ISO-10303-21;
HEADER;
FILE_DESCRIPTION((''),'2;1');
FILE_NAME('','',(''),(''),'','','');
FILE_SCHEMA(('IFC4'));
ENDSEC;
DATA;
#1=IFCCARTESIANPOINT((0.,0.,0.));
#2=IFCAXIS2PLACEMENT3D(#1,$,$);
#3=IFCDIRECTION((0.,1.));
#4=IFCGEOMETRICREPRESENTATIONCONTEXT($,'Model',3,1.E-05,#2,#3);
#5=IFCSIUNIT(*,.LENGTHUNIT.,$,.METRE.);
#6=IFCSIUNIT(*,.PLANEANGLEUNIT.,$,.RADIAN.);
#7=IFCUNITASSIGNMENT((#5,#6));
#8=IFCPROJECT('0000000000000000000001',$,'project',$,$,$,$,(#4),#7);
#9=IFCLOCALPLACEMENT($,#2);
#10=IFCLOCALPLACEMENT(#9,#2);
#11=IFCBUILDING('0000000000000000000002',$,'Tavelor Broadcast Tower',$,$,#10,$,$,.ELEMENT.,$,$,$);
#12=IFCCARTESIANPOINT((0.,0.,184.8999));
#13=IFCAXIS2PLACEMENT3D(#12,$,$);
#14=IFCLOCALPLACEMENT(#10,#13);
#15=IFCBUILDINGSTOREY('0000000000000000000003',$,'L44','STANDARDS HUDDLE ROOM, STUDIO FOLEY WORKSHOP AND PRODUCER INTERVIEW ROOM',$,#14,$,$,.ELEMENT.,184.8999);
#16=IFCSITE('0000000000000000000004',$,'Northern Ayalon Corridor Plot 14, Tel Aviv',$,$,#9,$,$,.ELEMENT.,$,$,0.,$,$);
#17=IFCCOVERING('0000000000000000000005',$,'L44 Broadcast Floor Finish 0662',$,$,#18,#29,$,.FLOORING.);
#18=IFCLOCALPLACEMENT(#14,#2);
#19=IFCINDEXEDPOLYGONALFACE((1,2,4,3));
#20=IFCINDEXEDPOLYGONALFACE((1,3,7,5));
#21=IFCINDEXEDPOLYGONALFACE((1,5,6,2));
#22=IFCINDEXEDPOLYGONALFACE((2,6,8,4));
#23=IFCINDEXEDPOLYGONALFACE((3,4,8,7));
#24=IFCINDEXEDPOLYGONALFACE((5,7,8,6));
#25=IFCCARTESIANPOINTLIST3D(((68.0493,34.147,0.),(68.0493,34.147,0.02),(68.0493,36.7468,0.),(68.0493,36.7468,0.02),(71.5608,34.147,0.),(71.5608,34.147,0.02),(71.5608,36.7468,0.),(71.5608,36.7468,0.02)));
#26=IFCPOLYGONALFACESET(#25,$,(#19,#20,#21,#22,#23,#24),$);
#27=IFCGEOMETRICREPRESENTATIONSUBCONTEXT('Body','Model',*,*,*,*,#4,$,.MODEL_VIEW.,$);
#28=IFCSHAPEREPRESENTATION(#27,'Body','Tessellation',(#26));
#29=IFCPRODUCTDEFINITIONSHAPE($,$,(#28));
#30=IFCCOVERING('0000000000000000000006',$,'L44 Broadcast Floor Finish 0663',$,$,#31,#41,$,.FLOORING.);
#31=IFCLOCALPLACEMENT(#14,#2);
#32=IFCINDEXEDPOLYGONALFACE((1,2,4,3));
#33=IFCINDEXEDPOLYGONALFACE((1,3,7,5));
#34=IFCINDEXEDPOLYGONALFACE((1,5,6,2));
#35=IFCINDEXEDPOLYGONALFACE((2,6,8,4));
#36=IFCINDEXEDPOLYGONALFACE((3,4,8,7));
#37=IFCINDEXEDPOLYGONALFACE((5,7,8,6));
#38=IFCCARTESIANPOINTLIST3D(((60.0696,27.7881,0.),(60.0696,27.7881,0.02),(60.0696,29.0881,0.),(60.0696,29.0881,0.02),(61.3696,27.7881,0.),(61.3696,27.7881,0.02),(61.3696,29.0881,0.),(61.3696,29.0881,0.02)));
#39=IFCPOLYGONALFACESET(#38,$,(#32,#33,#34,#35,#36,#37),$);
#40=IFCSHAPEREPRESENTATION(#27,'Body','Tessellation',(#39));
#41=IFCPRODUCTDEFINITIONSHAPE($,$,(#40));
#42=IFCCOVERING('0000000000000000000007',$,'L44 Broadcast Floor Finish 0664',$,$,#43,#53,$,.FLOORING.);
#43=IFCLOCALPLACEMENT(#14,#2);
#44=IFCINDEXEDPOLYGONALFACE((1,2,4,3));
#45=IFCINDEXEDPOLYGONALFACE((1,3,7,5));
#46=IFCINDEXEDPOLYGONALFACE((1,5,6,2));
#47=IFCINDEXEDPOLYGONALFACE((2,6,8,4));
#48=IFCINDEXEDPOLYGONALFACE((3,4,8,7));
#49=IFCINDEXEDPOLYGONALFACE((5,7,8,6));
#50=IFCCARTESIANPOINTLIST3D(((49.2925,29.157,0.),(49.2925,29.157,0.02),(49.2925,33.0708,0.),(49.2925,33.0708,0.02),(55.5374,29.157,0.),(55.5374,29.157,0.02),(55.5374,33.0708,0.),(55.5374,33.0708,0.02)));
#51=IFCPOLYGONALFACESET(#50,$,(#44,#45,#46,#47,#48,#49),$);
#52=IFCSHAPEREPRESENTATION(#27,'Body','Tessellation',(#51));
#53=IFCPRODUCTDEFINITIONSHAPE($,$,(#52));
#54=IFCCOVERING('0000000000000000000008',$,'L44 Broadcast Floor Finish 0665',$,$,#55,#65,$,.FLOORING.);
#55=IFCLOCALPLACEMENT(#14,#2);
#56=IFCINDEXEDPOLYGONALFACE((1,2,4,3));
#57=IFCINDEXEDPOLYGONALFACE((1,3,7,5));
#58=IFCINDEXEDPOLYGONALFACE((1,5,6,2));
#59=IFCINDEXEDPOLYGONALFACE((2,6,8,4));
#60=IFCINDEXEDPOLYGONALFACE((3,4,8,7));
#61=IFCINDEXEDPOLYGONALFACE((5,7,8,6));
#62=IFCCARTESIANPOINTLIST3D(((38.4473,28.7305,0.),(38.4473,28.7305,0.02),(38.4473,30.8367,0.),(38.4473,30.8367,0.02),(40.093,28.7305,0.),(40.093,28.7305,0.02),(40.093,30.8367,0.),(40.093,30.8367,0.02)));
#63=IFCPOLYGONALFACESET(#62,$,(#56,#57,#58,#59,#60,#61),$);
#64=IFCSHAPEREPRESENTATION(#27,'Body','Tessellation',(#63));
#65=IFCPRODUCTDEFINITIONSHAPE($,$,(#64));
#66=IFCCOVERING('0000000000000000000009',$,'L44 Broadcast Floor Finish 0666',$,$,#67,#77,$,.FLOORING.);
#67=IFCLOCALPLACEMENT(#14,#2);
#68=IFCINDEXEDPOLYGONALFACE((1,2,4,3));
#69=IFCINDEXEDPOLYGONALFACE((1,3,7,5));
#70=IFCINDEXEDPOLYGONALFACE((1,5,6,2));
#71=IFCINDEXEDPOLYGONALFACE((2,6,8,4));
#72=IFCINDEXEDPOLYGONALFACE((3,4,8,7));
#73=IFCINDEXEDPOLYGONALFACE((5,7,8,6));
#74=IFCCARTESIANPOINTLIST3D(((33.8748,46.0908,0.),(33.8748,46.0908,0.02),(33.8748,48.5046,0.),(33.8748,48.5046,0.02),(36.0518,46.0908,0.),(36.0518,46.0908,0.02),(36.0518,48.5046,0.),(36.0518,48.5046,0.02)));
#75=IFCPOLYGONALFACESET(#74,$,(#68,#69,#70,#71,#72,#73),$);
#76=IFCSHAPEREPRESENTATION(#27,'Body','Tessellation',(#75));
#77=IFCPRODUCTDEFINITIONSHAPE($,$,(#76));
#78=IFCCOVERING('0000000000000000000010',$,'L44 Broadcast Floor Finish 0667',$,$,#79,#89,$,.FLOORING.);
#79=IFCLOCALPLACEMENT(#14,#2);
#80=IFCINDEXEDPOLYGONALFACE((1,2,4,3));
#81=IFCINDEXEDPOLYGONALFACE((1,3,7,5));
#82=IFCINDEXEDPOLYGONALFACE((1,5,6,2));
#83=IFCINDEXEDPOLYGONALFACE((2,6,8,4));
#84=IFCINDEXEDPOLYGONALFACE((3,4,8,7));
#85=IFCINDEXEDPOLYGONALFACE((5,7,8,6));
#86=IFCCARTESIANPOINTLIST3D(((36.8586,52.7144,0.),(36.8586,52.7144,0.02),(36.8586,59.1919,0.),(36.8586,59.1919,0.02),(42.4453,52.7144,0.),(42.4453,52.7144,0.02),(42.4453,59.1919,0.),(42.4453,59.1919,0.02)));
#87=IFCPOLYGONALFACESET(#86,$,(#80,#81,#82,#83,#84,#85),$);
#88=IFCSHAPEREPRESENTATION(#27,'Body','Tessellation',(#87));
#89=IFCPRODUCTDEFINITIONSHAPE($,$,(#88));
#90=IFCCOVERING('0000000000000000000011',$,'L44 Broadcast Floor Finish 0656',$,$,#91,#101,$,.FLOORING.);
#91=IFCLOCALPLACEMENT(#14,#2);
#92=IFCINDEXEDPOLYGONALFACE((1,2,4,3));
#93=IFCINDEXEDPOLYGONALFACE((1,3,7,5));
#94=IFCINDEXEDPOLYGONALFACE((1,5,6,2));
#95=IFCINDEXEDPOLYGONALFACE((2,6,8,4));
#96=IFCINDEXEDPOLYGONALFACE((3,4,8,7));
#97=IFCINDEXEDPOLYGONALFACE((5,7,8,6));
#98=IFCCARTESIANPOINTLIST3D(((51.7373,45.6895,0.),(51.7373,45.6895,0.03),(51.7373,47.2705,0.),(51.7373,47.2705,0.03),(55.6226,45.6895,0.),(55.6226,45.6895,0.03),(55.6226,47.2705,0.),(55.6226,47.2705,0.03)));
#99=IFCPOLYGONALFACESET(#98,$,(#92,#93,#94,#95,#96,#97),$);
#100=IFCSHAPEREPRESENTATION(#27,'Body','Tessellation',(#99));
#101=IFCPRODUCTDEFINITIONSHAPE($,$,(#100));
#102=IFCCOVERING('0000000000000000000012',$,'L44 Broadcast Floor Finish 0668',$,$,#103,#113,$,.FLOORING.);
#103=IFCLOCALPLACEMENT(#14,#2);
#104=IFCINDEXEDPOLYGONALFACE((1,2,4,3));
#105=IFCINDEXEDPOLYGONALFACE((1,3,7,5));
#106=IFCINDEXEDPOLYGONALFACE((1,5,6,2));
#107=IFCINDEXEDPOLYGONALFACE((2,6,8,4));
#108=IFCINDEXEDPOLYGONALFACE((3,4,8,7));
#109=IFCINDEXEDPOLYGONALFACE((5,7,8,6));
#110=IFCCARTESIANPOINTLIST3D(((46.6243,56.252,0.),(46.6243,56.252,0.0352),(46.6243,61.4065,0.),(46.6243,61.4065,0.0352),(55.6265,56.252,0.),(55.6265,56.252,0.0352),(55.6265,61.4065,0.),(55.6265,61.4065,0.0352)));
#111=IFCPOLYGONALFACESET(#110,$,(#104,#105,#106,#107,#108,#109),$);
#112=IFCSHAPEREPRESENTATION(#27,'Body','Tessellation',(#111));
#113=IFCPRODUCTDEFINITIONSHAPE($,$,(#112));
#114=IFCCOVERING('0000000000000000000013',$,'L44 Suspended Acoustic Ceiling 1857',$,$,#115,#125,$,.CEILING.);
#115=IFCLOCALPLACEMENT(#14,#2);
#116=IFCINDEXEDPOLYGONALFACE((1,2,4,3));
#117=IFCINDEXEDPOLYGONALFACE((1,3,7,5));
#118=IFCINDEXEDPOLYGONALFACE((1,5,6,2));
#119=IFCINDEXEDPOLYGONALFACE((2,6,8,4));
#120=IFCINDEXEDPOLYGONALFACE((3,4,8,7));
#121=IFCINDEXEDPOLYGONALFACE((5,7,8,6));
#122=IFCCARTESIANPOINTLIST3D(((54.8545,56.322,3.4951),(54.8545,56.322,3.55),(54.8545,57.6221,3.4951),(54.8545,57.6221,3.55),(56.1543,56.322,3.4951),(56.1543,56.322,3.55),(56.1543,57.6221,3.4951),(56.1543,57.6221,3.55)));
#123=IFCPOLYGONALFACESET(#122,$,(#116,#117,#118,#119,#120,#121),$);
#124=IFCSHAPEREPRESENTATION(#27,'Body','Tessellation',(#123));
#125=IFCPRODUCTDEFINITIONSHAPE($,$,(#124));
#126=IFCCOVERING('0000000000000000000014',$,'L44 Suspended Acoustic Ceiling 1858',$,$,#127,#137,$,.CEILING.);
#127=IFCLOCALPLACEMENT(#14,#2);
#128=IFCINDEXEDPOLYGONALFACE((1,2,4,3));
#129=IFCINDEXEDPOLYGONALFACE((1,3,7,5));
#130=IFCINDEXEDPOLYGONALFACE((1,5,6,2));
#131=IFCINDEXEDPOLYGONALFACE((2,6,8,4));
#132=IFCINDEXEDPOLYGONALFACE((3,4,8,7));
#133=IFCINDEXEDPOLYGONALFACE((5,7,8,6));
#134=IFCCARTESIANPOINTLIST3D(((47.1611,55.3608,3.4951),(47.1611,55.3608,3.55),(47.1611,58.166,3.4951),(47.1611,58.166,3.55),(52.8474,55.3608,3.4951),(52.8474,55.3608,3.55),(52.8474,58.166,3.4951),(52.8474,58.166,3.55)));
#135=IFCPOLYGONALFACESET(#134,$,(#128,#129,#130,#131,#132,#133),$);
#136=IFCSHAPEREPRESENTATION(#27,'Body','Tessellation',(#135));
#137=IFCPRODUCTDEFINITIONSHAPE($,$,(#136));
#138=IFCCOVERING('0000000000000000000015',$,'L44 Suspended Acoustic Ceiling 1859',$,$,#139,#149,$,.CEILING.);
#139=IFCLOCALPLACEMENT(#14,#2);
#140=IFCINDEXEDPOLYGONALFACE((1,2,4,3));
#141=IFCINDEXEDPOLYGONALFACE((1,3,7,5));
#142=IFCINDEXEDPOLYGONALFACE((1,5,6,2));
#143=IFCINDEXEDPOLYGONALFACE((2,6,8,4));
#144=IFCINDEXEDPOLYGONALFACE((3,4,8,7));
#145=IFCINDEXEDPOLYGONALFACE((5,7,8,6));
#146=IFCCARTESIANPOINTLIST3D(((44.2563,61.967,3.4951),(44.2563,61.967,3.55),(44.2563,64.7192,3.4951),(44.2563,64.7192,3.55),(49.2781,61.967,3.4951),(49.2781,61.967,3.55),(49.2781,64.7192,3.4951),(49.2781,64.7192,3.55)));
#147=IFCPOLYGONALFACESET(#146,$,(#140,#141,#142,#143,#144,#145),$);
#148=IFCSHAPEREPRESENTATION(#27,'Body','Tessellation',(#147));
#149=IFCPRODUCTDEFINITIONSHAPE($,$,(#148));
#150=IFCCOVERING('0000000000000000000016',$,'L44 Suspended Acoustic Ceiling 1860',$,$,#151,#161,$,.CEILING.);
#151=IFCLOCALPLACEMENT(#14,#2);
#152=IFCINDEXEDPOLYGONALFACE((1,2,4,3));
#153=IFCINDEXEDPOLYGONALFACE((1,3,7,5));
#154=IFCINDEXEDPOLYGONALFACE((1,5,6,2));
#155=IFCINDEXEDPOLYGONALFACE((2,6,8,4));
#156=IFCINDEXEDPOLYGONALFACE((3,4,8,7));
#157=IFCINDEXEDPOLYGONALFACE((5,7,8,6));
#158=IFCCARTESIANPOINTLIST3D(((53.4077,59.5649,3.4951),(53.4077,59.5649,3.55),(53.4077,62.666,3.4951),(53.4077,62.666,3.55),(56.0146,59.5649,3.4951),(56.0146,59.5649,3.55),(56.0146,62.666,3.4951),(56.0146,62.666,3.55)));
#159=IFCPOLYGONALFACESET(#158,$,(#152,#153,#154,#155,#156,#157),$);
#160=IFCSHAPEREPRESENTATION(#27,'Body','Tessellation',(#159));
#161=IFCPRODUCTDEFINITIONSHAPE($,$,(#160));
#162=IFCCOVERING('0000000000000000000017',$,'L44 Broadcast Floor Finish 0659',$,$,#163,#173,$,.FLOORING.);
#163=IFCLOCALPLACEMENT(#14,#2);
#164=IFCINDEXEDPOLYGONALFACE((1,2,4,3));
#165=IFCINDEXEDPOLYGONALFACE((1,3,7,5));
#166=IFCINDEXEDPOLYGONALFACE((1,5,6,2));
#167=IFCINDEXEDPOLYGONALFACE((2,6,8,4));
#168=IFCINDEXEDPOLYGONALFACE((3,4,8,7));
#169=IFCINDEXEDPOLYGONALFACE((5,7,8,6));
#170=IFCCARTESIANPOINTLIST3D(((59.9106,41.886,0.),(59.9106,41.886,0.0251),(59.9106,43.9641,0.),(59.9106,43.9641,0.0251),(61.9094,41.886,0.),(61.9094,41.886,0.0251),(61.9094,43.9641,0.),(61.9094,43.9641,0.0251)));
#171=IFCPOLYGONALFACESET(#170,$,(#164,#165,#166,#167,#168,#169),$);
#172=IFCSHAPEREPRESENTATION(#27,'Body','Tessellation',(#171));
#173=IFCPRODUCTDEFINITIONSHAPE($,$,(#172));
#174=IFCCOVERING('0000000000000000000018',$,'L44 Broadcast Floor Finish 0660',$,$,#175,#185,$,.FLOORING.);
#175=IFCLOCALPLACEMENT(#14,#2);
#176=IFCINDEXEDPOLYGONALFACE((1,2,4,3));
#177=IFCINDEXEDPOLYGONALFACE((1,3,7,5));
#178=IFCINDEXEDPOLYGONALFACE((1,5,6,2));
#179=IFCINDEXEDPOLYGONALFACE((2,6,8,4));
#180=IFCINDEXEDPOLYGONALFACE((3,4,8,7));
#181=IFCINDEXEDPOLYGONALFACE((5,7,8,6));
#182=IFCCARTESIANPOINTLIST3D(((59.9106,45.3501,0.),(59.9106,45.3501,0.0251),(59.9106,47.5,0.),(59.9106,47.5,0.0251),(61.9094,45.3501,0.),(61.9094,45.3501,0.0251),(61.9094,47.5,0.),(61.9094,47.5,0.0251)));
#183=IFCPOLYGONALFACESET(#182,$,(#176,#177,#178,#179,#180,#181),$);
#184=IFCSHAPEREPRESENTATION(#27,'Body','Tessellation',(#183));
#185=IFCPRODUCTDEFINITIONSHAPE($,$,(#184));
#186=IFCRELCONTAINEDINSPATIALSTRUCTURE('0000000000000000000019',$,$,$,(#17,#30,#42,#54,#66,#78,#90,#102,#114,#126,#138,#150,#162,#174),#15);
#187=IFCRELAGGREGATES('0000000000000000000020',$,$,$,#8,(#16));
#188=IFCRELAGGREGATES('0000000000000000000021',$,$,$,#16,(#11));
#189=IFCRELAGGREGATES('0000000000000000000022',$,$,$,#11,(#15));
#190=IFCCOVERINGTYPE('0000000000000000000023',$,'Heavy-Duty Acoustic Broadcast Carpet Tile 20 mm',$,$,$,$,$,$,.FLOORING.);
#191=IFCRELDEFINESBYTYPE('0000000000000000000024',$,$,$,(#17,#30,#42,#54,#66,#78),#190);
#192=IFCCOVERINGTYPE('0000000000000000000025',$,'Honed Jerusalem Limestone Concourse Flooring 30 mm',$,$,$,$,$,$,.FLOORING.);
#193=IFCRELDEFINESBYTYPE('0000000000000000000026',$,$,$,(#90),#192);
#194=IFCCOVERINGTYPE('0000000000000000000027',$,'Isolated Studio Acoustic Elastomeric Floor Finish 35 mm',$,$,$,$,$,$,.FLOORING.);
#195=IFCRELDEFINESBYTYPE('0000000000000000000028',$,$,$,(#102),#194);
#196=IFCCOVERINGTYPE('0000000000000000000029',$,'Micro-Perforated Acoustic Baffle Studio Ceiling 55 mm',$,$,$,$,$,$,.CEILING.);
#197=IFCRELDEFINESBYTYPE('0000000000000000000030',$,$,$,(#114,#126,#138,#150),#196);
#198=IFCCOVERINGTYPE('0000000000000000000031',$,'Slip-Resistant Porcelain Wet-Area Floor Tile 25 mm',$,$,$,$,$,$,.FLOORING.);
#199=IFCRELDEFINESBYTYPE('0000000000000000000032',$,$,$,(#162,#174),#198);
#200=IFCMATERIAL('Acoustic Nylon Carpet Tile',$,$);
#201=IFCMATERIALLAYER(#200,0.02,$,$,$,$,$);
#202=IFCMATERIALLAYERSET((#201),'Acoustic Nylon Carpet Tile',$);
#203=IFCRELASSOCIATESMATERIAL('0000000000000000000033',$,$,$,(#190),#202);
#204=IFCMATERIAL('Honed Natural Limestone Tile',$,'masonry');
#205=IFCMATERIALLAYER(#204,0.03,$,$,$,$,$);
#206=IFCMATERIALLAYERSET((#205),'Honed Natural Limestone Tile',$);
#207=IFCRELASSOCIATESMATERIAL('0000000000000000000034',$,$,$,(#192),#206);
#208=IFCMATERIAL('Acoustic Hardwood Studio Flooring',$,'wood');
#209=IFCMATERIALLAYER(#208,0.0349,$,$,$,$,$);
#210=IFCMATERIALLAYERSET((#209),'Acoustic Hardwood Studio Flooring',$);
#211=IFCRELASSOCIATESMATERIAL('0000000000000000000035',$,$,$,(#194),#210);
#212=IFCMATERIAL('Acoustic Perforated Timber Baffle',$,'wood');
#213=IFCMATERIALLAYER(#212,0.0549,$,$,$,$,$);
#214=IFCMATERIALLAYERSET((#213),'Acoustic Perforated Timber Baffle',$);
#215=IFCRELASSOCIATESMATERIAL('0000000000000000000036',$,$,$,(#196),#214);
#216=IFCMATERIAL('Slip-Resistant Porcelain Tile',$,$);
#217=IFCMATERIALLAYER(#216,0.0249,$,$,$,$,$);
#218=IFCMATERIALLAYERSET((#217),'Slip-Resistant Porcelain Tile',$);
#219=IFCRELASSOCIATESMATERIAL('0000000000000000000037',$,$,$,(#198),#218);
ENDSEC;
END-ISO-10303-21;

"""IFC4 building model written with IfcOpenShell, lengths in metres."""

from ifc_helpers import new_model, si_unit, direction, frame, origin, place, context, subcontext, project, spatial, polyline, outline, extrude, material, layer, layer_set, type_object, element, save


model = new_model("IFC4")

# Units and contexts
model_context = context("Model", 3, precision=1e-05, world=origin(), true_north=direction((0.0, 1.0)))
body_context = subcontext(model_context, "Body", "Model", "MODEL_VIEW")
ifc_project = project(units=[si_unit("LENGTHUNIT", "METRE"), si_unit("PLANEANGLEUNIT", "RADIAN")], contexts=[model_context])

# Site, building, storey
site_placement = place(None, origin())
site = spatial("IfcSite", under=ifc_project, at=site_placement, Name="Northern Ayalon Corridor Plot 14, Tel Aviv", CompositionType="ELEMENT", RefElevation=0.0)
building_placement = place(site_placement, origin())
building = spatial("IfcBuilding", under=site, at=building_placement, Name="Tavelor Broadcast Tower", CompositionType="ELEMENT")
storey_placement = place(building_placement, frame((0.0, 0.0, 184.8999)))
storey = spatial("IfcBuildingStorey", under=building, at=storey_placement, Name="L44", Description="STANDARDS HUDDLE ROOM, STUDIO FOLEY WORKSHOP AND PRODUCER INTERVIEW ROOM", CompositionType="ELEMENT", Elevation=184.8999)

# Coverings
ifc_material_1 = material(Name="Acoustic Nylon Carpet Tile")
ifc_layer_1 = layer(ifc_material_1, 0.02)
ifc_layer_set_1 = layer_set([ifc_layer_1], Name="Acoustic Nylon Carpet Tile")
covering_type_1 = type_object("IfcCoveringType", Name="Heavy-Duty Acoustic Broadcast Carpet Tile 20 mm", PredefinedType="FLOORING", material=ifc_layer_set_1)
covering_1_placement = place(storey_placement, origin())
element("IfcCovering", 1, at=covering_1_placement, inside=storey, type_object=covering_type_1, Name="L44 Broadcast Floor Finish 0662", PredefinedType="FLOORING", context=body_context, shape_type="SweptSolid", body=[
    extrude(outline(polyline([(68.0493, 34.147), (71.5608, 34.147), (71.5608, 36.7468), (68.0493, 36.7468), (68.0493, 34.147)])), origin(), (0.0, 0.0, 1.0), 0.02),
])
covering_2_placement = place(storey_placement, origin())
element("IfcCovering", 2, at=covering_2_placement, inside=storey, type_object=covering_type_1, Name="L44 Broadcast Floor Finish 0663", PredefinedType="FLOORING", context=body_context, shape_type="SweptSolid", body=[
    extrude(outline(polyline([(60.0696, 27.7881), (61.3696, 27.7881), (61.3696, 29.0881), (60.0696, 29.0881), (60.0696, 27.7881)])), origin(), (0.0, 0.0, 1.0), 0.02),
])
covering_3_placement = place(storey_placement, origin())
element("IfcCovering", 3, at=covering_3_placement, inside=storey, type_object=covering_type_1, Name="L44 Broadcast Floor Finish 0664", PredefinedType="FLOORING", context=body_context, shape_type="SweptSolid", body=[
    extrude(outline(polyline([(49.2925, 29.157), (55.5374, 29.157), (55.5374, 33.0708), (49.2925, 33.0708), (49.2925, 29.157)])), origin(), (0.0, 0.0, 1.0), 0.02),
])
covering_4_placement = place(storey_placement, origin())
element("IfcCovering", 4, at=covering_4_placement, inside=storey, type_object=covering_type_1, Name="L44 Broadcast Floor Finish 0665", PredefinedType="FLOORING", context=body_context, shape_type="SweptSolid", body=[
    extrude(outline(polyline([(38.4473, 28.7305), (40.093, 28.7305), (40.093, 30.8367), (38.4473, 30.8367), (38.4473, 28.7305)])), origin(), (0.0, 0.0, 1.0), 0.02),
])
covering_5_placement = place(storey_placement, origin())
element("IfcCovering", 5, at=covering_5_placement, inside=storey, type_object=covering_type_1, Name="L44 Broadcast Floor Finish 0666", PredefinedType="FLOORING", context=body_context, shape_type="SweptSolid", body=[
    extrude(outline(polyline([(33.8748, 46.0908), (36.0518, 46.0908), (36.0518, 48.5046), (33.8748, 48.5046), (33.8748, 46.0908)])), origin(), (0.0, 0.0, 1.0), 0.02),
])
covering_6_placement = place(storey_placement, origin())
element("IfcCovering", 6, at=covering_6_placement, inside=storey, type_object=covering_type_1, Name="L44 Broadcast Floor Finish 0667", PredefinedType="FLOORING", context=body_context, shape_type="SweptSolid", body=[
    extrude(outline(polyline([(36.8586, 52.7144), (42.4453, 52.7144), (42.4453, 59.1919), (36.8586, 59.1919), (36.8586, 52.7144)])), origin(), (0.0, 0.0, 1.0), 0.02),
])
ifc_material_2 = material(Name="Honed Natural Limestone Tile", Category="masonry")
ifc_layer_2 = layer(ifc_material_2, 0.03)
ifc_layer_set_2 = layer_set([ifc_layer_2], Name="Honed Natural Limestone Tile")
covering_type_2 = type_object("IfcCoveringType", Name="Honed Jerusalem Limestone Concourse Flooring 30 mm", PredefinedType="FLOORING", material=ifc_layer_set_2)
covering_7_placement = place(storey_placement, origin())
element("IfcCovering", 7, at=covering_7_placement, inside=storey, type_object=covering_type_2, Name="L44 Broadcast Floor Finish 0656", PredefinedType="FLOORING", context=body_context, shape_type="SweptSolid", body=[
    extrude(outline(polyline([(51.7373, 45.6895), (55.6226, 45.6895), (55.6226, 47.2705), (51.7373, 47.2705), (51.7373, 45.6895)])), origin(), (0.0, 0.0, 1.0), 0.03),
])
ifc_material_3 = material(Name="Acoustic Hardwood Studio Flooring", Category="wood")
ifc_layer_3 = layer(ifc_material_3, 0.0349)
ifc_layer_set_3 = layer_set([ifc_layer_3], Name="Acoustic Hardwood Studio Flooring")
covering_type_3 = type_object("IfcCoveringType", Name="Isolated Studio Acoustic Elastomeric Floor Finish 35 mm", PredefinedType="FLOORING", material=ifc_layer_set_3)
covering_8_placement = place(storey_placement, origin())
element("IfcCovering", 8, at=covering_8_placement, inside=storey, type_object=covering_type_3, Name="L44 Broadcast Floor Finish 0668", PredefinedType="FLOORING", context=body_context, shape_type="SweptSolid", body=[
    extrude(outline(polyline([(46.6243, 56.252), (55.6265, 56.252), (55.6265, 61.4065), (46.6243, 61.4065), (46.6243, 56.252)])), origin(), (0.0, 0.0, 1.0), 0.0352),
])
ifc_material_4 = material(Name="Acoustic Perforated Timber Baffle", Category="wood")
ifc_layer_4 = layer(ifc_material_4, 0.0549)
ifc_layer_set_4 = layer_set([ifc_layer_4], Name="Acoustic Perforated Timber Baffle")
covering_type_4 = type_object("IfcCoveringType", Name="Micro-Perforated Acoustic Baffle Studio Ceiling 55 mm", PredefinedType="CEILING", material=ifc_layer_set_4)
covering_9_placement = place(storey_placement, frame((0.0, 0.0, 3.4951)))
element("IfcCovering", 9, at=covering_9_placement, inside=storey, type_object=covering_type_4, Name="L44 Suspended Acoustic Ceiling 1857", PredefinedType="CEILING", context=body_context, shape_type="SweptSolid", body=[
    extrude(outline(polyline([(54.8545, 56.322), (56.1543, 56.322), (56.1543, 57.6221), (54.8545, 57.6221), (54.8545, 56.322)])), origin(), (0.0, 0.0, 1.0), 0.0549),
])
covering_10_placement = place(storey_placement, frame((0.0, 0.0, 3.4951)))
element("IfcCovering", 10, at=covering_10_placement, inside=storey, type_object=covering_type_4, Name="L44 Suspended Acoustic Ceiling 1858", PredefinedType="CEILING", context=body_context, shape_type="SweptSolid", body=[
    extrude(outline(polyline([(47.1611, 55.3608), (52.8474, 55.3608), (52.8474, 58.166), (47.1611, 58.166), (47.1611, 55.3608)])), origin(), (0.0, 0.0, 1.0), 0.0549),
])
covering_11_placement = place(storey_placement, frame((0.0, 0.0, 3.4951)))
element("IfcCovering", 11, at=covering_11_placement, inside=storey, type_object=covering_type_4, Name="L44 Suspended Acoustic Ceiling 1859", PredefinedType="CEILING", context=body_context, shape_type="SweptSolid", body=[
    extrude(outline(polyline([(44.2563, 61.967), (49.2781, 61.967), (49.2781, 64.7192), (44.2563, 64.7192), (44.2563, 61.967)])), origin(), (0.0, 0.0, 1.0), 0.0549),
])
covering_12_placement = place(storey_placement, frame((0.0, 0.0, 3.4951)))
element("IfcCovering", 12, at=covering_12_placement, inside=storey, type_object=covering_type_4, Name="L44 Suspended Acoustic Ceiling 1860", PredefinedType="CEILING", context=body_context, shape_type="SweptSolid", body=[
    extrude(outline(polyline([(53.4077, 59.5649), (56.0146, 59.5649), (56.0146, 62.666), (53.4077, 62.666), (53.4077, 59.5649)])), origin(), (0.0, 0.0, 1.0), 0.0549),
])
ifc_material_5 = material(Name="Slip-Resistant Porcelain Tile")
ifc_layer_5 = layer(ifc_material_5, 0.0249)
ifc_layer_set_5 = layer_set([ifc_layer_5], Name="Slip-Resistant Porcelain Tile")
covering_type_5 = type_object("IfcCoveringType", Name="Slip-Resistant Porcelain Wet-Area Floor Tile 25 mm", PredefinedType="FLOORING", material=ifc_layer_set_5)
covering_13_placement = place(storey_placement, origin())
element("IfcCovering", 13, at=covering_13_placement, inside=storey, type_object=covering_type_5, Name="L44 Broadcast Floor Finish 0659", PredefinedType="FLOORING", context=body_context, shape_type="SweptSolid", body=[
    extrude(outline(polyline([(59.9106, 41.886), (61.9094, 41.886), (61.9094, 43.9641), (59.9106, 43.9641), (59.9106, 41.886)])), origin(), (0.0, 0.0, 1.0), 0.0251),
])
covering_14_placement = place(storey_placement, origin())
element("IfcCovering", 14, at=covering_14_placement, inside=storey, type_object=covering_type_5, Name="L44 Broadcast Floor Finish 0660", PredefinedType="FLOORING", context=body_context, shape_type="SweptSolid", body=[
    extrude(outline(polyline([(59.9106, 45.3501), (61.9094, 45.3501), (61.9094, 47.5), (59.9106, 47.5), (59.9106, 45.3501)])), origin(), (0.0, 0.0, 1.0), 0.0251),
])

save(model, "model.ifc")
